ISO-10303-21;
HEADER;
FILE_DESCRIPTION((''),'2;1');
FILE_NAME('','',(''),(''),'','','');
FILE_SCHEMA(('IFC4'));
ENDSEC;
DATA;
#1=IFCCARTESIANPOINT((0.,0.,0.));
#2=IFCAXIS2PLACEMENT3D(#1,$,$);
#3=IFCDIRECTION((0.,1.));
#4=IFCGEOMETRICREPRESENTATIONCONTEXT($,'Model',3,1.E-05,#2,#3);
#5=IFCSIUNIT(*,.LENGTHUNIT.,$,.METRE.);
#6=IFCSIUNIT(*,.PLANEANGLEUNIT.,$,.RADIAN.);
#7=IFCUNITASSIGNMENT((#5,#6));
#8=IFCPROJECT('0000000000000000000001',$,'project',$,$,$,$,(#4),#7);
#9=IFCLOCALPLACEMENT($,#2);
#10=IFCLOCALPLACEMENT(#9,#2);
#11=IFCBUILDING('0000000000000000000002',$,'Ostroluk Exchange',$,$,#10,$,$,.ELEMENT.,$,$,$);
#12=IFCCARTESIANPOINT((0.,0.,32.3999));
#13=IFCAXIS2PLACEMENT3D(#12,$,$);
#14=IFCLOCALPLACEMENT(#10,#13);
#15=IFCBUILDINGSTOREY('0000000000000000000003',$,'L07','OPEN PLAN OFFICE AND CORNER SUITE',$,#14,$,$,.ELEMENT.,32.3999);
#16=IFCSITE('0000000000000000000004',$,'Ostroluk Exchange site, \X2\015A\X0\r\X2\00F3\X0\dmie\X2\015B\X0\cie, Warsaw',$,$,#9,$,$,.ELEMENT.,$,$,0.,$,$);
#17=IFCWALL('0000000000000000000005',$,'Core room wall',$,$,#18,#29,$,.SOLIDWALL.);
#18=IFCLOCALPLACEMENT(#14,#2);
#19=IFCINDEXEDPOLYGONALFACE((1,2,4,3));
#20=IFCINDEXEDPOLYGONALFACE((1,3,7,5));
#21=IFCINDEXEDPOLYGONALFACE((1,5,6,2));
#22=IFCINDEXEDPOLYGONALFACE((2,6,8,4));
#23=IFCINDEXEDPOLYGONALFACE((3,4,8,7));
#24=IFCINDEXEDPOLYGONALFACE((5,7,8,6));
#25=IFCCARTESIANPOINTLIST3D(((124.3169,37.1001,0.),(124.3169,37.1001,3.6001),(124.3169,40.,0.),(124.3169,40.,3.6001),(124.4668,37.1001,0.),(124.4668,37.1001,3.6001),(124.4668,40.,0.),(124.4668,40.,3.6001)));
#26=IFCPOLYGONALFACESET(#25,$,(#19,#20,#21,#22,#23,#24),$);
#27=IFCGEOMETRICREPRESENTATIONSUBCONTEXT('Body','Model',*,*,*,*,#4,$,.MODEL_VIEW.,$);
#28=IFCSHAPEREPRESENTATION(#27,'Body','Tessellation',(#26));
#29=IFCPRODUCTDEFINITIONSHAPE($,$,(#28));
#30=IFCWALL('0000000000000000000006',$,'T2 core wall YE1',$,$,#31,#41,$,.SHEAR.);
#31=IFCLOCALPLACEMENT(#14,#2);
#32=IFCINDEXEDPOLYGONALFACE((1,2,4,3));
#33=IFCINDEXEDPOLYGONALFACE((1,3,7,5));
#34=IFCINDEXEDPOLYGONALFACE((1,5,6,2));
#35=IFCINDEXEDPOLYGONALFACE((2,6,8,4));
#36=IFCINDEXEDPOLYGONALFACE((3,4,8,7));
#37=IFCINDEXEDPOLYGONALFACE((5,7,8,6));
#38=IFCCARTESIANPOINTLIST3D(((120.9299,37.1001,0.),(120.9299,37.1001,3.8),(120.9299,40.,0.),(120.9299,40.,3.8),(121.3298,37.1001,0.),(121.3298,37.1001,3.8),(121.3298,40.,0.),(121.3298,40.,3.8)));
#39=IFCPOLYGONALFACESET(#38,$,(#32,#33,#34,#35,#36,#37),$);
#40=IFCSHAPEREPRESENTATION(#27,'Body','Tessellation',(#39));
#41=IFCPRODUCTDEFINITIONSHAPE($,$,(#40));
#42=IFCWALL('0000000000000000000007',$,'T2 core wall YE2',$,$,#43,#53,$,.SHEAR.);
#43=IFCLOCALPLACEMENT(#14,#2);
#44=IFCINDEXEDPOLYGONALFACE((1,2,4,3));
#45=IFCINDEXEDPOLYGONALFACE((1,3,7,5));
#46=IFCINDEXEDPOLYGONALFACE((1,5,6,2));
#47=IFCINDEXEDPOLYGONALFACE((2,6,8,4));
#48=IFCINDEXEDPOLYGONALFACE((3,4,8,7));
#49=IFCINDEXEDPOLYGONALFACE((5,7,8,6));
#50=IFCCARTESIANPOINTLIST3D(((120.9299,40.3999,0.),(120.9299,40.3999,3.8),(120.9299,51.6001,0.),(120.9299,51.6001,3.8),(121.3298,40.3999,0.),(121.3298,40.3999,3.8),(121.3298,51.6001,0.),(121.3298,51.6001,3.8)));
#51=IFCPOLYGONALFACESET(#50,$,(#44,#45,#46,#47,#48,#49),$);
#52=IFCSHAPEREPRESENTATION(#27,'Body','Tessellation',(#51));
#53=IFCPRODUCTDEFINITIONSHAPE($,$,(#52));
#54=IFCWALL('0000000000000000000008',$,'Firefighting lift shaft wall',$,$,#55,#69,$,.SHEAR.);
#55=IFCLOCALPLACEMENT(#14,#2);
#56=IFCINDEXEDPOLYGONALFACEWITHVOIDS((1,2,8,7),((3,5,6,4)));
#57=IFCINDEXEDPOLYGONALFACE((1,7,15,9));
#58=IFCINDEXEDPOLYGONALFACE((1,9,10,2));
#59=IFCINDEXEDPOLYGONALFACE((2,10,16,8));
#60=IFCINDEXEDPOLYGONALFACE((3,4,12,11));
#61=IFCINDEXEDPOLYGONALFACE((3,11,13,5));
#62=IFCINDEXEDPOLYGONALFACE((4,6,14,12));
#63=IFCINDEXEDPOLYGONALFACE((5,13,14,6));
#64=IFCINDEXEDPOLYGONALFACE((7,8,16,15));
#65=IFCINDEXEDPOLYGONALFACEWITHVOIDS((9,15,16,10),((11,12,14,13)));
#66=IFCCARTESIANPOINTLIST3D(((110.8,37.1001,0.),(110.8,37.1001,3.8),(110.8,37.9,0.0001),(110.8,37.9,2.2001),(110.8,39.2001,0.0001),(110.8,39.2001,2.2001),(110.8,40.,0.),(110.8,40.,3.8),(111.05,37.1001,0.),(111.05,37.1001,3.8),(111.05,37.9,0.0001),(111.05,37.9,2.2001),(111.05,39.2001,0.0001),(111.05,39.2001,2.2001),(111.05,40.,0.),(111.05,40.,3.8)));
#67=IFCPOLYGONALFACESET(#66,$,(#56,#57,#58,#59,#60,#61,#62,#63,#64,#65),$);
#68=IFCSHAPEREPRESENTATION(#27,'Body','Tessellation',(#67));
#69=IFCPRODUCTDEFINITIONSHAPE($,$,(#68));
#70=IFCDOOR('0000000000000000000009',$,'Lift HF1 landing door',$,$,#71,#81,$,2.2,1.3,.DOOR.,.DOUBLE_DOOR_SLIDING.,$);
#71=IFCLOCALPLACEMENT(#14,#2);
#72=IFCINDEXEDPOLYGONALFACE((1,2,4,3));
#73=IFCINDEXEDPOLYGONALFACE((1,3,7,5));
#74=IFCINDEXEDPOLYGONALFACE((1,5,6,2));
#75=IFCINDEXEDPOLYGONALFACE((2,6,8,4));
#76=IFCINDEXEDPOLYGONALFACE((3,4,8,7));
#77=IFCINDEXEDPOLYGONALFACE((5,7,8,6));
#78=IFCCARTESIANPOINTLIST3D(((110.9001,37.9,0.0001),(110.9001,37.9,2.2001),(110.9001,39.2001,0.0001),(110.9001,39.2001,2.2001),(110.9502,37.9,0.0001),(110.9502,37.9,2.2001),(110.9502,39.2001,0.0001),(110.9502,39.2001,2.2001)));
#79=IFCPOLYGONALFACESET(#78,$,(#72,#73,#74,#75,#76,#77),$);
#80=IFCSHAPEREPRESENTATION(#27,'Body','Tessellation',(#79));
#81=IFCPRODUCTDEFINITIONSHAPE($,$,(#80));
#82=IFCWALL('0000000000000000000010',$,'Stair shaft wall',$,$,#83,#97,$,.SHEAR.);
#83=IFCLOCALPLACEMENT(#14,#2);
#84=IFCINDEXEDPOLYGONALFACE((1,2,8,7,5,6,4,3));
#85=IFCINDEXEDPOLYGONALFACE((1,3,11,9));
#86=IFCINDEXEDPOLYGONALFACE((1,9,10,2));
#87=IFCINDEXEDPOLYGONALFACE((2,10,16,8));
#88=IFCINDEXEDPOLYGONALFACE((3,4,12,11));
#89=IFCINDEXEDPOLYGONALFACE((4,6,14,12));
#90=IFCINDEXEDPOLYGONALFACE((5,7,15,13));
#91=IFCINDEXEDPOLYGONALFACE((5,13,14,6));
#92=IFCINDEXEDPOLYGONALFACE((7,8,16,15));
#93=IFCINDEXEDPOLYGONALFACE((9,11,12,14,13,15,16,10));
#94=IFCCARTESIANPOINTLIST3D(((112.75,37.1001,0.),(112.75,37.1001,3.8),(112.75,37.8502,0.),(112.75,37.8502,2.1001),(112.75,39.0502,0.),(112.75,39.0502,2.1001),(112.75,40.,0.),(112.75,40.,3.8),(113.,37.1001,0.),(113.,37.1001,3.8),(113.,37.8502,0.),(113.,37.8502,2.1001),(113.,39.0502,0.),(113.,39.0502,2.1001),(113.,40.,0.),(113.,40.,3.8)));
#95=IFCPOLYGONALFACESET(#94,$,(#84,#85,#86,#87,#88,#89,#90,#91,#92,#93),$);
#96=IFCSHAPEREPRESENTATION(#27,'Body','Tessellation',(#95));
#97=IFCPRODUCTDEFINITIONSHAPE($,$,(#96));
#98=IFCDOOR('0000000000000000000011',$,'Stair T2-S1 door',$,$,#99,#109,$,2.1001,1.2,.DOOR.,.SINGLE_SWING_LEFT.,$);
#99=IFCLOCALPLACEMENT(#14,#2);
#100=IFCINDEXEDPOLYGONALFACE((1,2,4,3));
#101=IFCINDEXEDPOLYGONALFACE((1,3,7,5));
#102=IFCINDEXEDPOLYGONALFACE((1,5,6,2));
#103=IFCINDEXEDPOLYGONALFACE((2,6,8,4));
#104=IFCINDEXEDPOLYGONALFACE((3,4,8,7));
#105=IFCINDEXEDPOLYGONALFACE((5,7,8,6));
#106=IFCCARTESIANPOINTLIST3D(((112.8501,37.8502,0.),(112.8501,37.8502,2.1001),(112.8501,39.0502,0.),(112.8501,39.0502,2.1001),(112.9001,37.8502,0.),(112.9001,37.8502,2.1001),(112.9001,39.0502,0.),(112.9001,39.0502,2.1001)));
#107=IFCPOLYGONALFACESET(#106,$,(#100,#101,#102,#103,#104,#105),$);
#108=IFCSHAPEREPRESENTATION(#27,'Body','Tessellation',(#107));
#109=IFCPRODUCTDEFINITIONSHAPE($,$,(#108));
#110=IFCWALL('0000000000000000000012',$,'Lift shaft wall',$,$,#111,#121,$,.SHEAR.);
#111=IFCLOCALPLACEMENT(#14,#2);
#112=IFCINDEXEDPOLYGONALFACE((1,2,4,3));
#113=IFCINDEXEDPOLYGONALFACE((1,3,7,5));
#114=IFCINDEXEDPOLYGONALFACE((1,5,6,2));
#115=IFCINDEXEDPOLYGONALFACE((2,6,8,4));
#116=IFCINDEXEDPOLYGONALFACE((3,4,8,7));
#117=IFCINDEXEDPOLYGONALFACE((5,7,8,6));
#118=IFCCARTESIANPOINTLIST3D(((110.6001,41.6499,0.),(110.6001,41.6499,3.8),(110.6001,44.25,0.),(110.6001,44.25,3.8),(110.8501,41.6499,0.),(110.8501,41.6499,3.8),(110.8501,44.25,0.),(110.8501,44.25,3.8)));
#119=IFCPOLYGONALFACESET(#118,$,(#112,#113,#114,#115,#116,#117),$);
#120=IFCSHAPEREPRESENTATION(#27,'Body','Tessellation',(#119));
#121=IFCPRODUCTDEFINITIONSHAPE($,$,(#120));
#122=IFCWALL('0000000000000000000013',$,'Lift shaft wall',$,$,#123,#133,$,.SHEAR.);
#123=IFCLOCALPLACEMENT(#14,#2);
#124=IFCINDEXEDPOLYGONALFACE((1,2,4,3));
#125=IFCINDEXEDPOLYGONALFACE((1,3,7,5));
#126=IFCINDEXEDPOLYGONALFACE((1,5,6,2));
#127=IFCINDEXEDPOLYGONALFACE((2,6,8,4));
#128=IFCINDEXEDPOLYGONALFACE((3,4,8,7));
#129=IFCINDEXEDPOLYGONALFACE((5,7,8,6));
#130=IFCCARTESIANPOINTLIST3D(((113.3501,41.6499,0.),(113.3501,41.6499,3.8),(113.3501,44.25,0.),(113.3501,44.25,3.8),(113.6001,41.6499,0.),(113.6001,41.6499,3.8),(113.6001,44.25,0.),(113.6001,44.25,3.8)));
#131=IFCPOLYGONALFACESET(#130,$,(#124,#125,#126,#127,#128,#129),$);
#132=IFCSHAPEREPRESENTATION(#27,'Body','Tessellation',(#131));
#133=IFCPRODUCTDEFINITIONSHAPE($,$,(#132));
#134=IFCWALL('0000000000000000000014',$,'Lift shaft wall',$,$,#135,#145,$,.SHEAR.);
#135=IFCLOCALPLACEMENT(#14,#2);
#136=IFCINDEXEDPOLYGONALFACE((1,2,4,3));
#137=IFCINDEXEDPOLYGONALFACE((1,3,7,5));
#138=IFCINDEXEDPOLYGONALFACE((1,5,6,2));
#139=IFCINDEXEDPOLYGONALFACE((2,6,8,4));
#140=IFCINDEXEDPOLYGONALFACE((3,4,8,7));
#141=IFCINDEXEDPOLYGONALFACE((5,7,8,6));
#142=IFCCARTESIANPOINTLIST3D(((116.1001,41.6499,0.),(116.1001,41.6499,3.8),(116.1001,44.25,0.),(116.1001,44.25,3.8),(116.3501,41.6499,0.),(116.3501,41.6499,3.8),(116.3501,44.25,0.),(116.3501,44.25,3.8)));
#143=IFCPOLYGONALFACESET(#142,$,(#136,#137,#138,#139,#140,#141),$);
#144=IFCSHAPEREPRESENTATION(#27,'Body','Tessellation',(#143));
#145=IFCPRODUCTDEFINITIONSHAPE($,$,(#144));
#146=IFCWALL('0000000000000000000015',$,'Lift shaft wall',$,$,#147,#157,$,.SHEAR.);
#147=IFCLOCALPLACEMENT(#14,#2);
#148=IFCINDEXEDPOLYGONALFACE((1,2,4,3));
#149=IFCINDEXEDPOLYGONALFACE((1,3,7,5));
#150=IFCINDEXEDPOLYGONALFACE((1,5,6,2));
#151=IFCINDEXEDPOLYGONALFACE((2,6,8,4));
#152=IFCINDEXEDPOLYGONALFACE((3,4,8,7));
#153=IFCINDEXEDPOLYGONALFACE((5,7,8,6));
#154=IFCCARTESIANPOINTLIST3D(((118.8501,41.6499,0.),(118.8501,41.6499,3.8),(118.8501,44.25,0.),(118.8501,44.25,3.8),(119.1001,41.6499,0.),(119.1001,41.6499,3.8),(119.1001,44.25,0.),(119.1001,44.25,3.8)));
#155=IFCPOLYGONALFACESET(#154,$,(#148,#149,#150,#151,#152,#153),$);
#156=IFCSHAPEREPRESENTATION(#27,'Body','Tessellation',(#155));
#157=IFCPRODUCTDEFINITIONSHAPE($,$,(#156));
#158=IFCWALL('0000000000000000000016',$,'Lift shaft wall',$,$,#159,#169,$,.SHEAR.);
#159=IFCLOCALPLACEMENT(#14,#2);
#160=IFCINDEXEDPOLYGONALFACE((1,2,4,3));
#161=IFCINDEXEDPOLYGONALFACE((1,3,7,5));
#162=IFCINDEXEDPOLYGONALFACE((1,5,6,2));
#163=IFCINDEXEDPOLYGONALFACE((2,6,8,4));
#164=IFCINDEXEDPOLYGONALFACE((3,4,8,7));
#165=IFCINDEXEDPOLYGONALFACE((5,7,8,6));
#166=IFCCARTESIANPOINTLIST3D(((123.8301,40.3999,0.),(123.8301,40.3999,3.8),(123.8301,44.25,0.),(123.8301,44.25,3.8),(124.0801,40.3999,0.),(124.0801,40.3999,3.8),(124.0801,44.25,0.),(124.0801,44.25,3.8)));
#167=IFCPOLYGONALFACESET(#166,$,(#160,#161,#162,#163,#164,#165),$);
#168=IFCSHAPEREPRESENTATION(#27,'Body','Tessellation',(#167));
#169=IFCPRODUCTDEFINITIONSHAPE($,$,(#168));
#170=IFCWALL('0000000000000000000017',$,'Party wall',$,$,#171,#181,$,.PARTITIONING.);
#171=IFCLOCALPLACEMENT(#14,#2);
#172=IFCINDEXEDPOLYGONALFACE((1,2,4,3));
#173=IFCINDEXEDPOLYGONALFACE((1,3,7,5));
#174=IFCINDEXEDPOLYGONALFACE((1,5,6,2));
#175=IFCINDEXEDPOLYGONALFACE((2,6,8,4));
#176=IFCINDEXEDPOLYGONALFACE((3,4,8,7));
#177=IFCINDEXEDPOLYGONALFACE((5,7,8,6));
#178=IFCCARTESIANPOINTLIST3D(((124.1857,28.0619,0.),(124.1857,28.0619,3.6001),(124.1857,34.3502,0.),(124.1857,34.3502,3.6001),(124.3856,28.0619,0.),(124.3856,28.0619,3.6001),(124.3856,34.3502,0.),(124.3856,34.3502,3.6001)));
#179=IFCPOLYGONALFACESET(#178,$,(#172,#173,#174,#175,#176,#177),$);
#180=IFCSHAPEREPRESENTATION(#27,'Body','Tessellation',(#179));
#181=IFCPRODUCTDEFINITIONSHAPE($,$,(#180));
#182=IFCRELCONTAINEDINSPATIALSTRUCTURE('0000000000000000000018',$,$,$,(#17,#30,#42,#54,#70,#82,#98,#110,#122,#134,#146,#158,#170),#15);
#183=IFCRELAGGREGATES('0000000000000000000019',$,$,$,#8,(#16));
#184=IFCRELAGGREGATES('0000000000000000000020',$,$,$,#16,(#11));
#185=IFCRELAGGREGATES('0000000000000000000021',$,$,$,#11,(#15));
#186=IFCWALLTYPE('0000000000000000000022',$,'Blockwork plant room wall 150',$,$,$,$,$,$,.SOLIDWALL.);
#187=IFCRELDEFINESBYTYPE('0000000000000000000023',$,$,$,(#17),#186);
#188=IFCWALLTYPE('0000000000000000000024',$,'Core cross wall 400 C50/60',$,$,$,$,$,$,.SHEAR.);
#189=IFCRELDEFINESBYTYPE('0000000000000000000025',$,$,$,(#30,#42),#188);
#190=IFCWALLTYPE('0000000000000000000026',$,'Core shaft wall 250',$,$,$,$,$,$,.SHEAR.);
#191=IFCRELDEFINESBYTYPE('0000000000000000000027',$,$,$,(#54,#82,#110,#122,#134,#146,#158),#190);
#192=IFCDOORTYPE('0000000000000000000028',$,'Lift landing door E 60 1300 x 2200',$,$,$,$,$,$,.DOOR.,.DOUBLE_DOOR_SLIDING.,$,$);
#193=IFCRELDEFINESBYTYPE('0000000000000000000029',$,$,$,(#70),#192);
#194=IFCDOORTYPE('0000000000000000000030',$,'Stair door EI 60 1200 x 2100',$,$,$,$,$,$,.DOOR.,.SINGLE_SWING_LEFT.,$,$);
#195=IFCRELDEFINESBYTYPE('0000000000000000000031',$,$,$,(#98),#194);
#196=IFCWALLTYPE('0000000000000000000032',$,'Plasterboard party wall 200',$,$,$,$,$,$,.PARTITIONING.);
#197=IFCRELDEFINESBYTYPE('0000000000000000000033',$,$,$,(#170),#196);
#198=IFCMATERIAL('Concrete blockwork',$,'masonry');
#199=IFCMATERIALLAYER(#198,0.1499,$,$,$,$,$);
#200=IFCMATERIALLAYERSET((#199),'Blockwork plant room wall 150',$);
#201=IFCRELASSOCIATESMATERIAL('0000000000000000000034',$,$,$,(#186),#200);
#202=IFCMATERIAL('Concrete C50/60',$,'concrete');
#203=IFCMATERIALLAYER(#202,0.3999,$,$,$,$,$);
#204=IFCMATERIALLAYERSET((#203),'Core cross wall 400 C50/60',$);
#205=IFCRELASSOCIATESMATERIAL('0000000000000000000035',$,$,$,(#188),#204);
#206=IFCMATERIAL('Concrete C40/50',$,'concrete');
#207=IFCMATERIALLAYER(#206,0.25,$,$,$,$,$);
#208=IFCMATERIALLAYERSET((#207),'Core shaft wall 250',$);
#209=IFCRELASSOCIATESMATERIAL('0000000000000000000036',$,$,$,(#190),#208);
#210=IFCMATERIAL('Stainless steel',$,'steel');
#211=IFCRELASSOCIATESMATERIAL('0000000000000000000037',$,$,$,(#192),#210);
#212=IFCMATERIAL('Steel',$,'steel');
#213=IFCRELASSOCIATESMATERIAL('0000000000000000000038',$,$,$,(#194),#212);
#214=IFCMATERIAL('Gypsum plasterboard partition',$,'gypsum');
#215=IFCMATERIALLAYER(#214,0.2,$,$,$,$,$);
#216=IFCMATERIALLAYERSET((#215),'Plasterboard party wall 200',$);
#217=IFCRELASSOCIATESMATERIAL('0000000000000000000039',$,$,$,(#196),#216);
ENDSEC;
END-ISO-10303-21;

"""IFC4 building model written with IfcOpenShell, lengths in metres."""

from ifc_helpers import new_model, si_unit, direction, frame, frame_2d, origin, place, context, subcontext, project, spatial, rectangle, extrude, material, layer, layer_set, type_object, element, fill, save


model = new_model("IFC4")

# Units and contexts
model_context = context("Model", 3, precision=1e-05, world=origin(), true_north=direction((0.0, 1.0)))
body_context = subcontext(model_context, "Body", "Model", "MODEL_VIEW")
ifc_project = project(units=[si_unit("LENGTHUNIT", "METRE"), si_unit("PLANEANGLEUNIT", "RADIAN")], contexts=[model_context])

# Site, building, storey
site_placement = place(None, origin())
site = spatial("IfcSite", under=ifc_project, at=site_placement, Name="Ostroluk Exchange site, Śródmieście, Warsaw", CompositionType="ELEMENT", RefElevation=0.0)
building_placement = place(site_placement, origin())
building = spatial("IfcBuilding", under=site, at=building_placement, Name="Ostroluk Exchange", CompositionType="ELEMENT")
storey_placement = place(building_placement, frame((0.0, 0.0, 32.3999)))
storey = spatial("IfcBuildingStorey", under=building, at=storey_placement, Name="L07", Description="OPEN PLAN OFFICE AND CORNER SUITE", CompositionType="ELEMENT", Elevation=32.3999)

# Walls
ifc_material_1 = material(Name="Concrete blockwork", Category="masonry")
ifc_layer_1 = layer(ifc_material_1, 0.1499)
ifc_layer_set_1 = layer_set([ifc_layer_1], Name="Blockwork plant room wall 150")
wall_type_1 = type_object("IfcWallType", Name="Blockwork plant room wall 150", PredefinedType="SOLIDWALL", material=ifc_layer_set_1)
for number, where, z_axis, x_axis, name in (
    (1, (124.3918, 37.1001, 0.0), (0.0, 0.0, 1.0), (0.0, 1.0, 0.0), "Core room wall"),
):
    element("IfcWall", number, at=place(storey_placement, frame(where, z_axis=z_axis, x_axis=x_axis)), inside=storey, type_object=wall_type_1, Name=name, PredefinedType="SOLIDWALL", context=body_context, shape_type="SweptSolid", body=[
        extrude(rectangle(XDim=2.8999, YDim=0.1499, at=frame_2d((1.45, 0.0))), origin(), (0.0, 0.0, 1.0), 3.6001),
    ])
ifc_material_2 = material(Name="Concrete C50/60", Category="concrete")
ifc_layer_2 = layer(ifc_material_2, 0.3999)
ifc_layer_set_2 = layer_set([ifc_layer_2], Name="Core cross wall 400 C50/60")
wall_type_2 = type_object("IfcWallType", Name="Core cross wall 400 C50/60", PredefinedType="SHEAR", material=ifc_layer_set_2)
wall_1_placement = place(storey_placement, frame((121.1299, 37.1001, 0.0), z_axis=(0.0, 0.0, 1.0), x_axis=(0.0, 1.0, 0.0)))
element("IfcWall", 2, at=wall_1_placement, inside=storey, type_object=wall_type_2, Name="T2 core wall YE1", PredefinedType="SHEAR", context=body_context, shape_type="SweptSolid", body=[
    extrude(rectangle(XDim=2.8999, YDim=0.3999, at=frame_2d((1.45, 0.0))), origin(), (0.0, 0.0, 1.0), 3.8),
])
wall_2_placement = place(storey_placement, frame((121.1299, 40.3999, 0.0), z_axis=(0.0, 0.0, 1.0), x_axis=(0.0, 1.0, 0.0)))
element("IfcWall", 3, at=wall_2_placement, inside=storey, type_object=wall_type_2, Name="T2 core wall YE2", PredefinedType="SHEAR", context=body_context, shape_type="SweptSolid", body=[
    extrude(rectangle(XDim=11.2002, YDim=0.3999, at=frame_2d((5.6001, 0.0))), origin(), (0.0, 0.0, 1.0), 3.8),
])

# Walls, openings, doors
ifc_material_3 = material(Name="Concrete C40/50", Category="concrete")
ifc_layer_3 = layer(ifc_material_3, 0.25)
ifc_layer_set_3 = layer_set([ifc_layer_3], Name="Core shaft wall 250")
wall_type_3 = type_object("IfcWallType", Name="Core shaft wall 250", PredefinedType="SHEAR", material=ifc_layer_set_3)
wall_3_placement = place(storey_placement, frame((110.925, 37.1001, 0.0), z_axis=(0.0, 0.0, 1.0), x_axis=(0.0, 1.0, 0.0)))
wall_3 = element("IfcWall", 4, at=wall_3_placement, inside=storey, type_object=wall_type_3, Name="Firefighting lift shaft wall", PredefinedType="SHEAR", context=body_context, shape_type="SweptSolid", body=[
    extrude(rectangle(XDim=2.8999, YDim=0.25, at=frame_2d((1.45, 0.0))), origin(), (0.0, 0.0, 1.0), 3.8),
])
opening_1_placement = place(wall_3_placement, frame((0.8, 0.0, 0.0)))
opening_1 = element("IfcOpeningElement", 5, at=opening_1_placement, cuts=wall_3, PredefinedType="OPENING", context=body_context, shape_type="SweptSolid", body=[
    extrude(rectangle(XDim=1.3, YDim=2.2, at=frame_2d((0.6499, 1.1001))), frame((0.0, 0.135, 0.0), z_axis=(0.0, -1.0, 0.0), x_axis=(1.0, 0.0, 0.0)), (0.0, 0.0, 1.0), 0.27),
])
ifc_material_4 = material(Name="Stainless steel", Category="steel")
door_type_1 = type_object("IfcDoorType", Name="Lift landing door E 60 1300 x 2200", OperationType="DOUBLE_DOOR_SLIDING", PredefinedType="DOOR", material=ifc_material_4)
door_1_placement = place(opening_1_placement, origin())
door_1 = element("IfcDoor", 6, at=door_1_placement, inside=storey, type_object=door_type_1, Name="Lift HF1 landing door", OperationType="DOUBLE_DOOR_SLIDING", OverallHeight=2.2, OverallWidth=1.3, PredefinedType="DOOR", context=body_context, shape_type="SweptSolid", body=[
    extrude(rectangle(XDim=1.3, YDim=2.2, at=frame_2d((0.6499, 1.1001))), frame((0.0, 0.0249, 0.0), z_axis=(0.0, -1.0, 0.0), x_axis=(1.0, 0.0, 0.0)), (0.0, 0.0, 1.0), 0.05),
])
fill(opening_1, door_1)
wall_4_placement = place(storey_placement, frame((112.875, 37.1001, 0.0), z_axis=(0.0, 0.0, 1.0), x_axis=(0.0, 1.0, 0.0)))
wall_4 = element("IfcWall", 7, at=wall_4_placement, inside=storey, type_object=wall_type_3, Name="Stair shaft wall", PredefinedType="SHEAR", context=body_context, shape_type="SweptSolid", body=[
    extrude(rectangle(XDim=2.8999, YDim=0.25, at=frame_2d((1.45, 0.0))), origin(), (0.0, 0.0, 1.0), 3.8),
])
opening_2_placement = place(wall_4_placement, frame((0.75, 0.0, 0.0)))
opening_2 = element("IfcOpeningElement", 8, at=opening_2_placement, cuts=wall_4, PredefinedType="OPENING", context=body_context, shape_type="SweptSolid", body=[
    extrude(rectangle(XDim=1.2, YDim=2.1001, at=frame_2d((0.6001, 1.05))), frame((0.0, 0.135, 0.0), z_axis=(0.0, -1.0, 0.0), x_axis=(1.0, 0.0, 0.0)), (0.0, 0.0, 1.0), 0.27),
])
ifc_material_5 = material(Name="Steel", Category="steel")
door_type_2 = type_object("IfcDoorType", Name="Stair door EI 60 1200 x 2100", OperationType="SINGLE_SWING_LEFT", PredefinedType="DOOR", material=ifc_material_5)
door_2_placement = place(opening_2_placement, origin())
door_2 = element("IfcDoor", 9, at=door_2_placement, inside=storey, type_object=door_type_2, Name="Stair T2-S1 door", OperationType="SINGLE_SWING_LEFT", OverallHeight=2.1001, OverallWidth=1.2, PredefinedType="DOOR", context=body_context, shape_type="SweptSolid", body=[
    extrude(rectangle(XDim=1.2, YDim=2.1001, at=frame_2d((0.6001, 1.05))), frame((0.0, 0.0249, 0.0), z_axis=(0.0, -1.0, 0.0), x_axis=(1.0, 0.0, 0.0)), (0.0, 0.0, 1.0), 0.05),
])
fill(opening_2, door_2)

# Walls
for number, where, z_axis, x_axis, name in (
    (10, (110.7251, 44.25, 0.0), (0.0, 0.0, 1.0), (0.0, -1.0, 0.0), "Lift shaft wall"),
    (11, (113.4751, 44.25, 0.0), (0.0, 0.0, 1.0), (0.0, -1.0, 0.0), "Lift shaft wall"),
    (12, (116.2251, 44.25, 0.0), (0.0, 0.0, 1.0), (0.0, -1.0, 0.0), "Lift shaft wall"),
    (13, (118.9751, 44.25, 0.0), (0.0, 0.0, 1.0), (0.0, -1.0, 0.0), "Lift shaft wall"),
):
    element("IfcWall", number, at=place(storey_placement, frame(where, z_axis=z_axis, x_axis=x_axis)), inside=storey, type_object=wall_type_3, Name=name, PredefinedType="SHEAR", context=body_context, shape_type="SweptSolid", body=[
        extrude(rectangle(XDim=2.6001, YDim=0.25, at=frame_2d((1.3, 0.0))), origin(), (0.0, 0.0, 1.0), 3.8),
    ])
wall_5_placement = place(storey_placement, frame((123.9551, 44.25, 0.0), z_axis=(0.0, 0.0, 1.0), x_axis=(0.0, -1.0, 0.0)))
element("IfcWall", 14, at=wall_5_placement, inside=storey, type_object=wall_type_3, Name="Lift shaft wall", PredefinedType="SHEAR", context=body_context, shape_type="SweptSolid", body=[
    extrude(rectangle(XDim=3.8501, YDim=0.25, at=frame_2d((1.925, 0.0))), origin(), (0.0, 0.0, 1.0), 3.8),
])

# Wall
ifc_material_6 = material(Name="Gypsum plasterboard partition", Category="gypsum")
ifc_layer_4 = layer(ifc_material_6, 0.2)
ifc_layer_set_4 = layer_set([ifc_layer_4], Name="Plasterboard party wall 200")
wall_type_4 = type_object("IfcWallType", Name="Plasterboard party wall 200", PredefinedType="PARTITIONING", material=ifc_layer_set_4)
wall_6_placement = place(storey_placement, frame((124.2856, 34.3501, 0.0), z_axis=(0.0, 0.0, 1.0), x_axis=(0.0, -1.0, 0.0)))
element("IfcWall", 15, at=wall_6_placement, inside=storey, type_object=wall_type_4, Name="Party wall", PredefinedType="PARTITIONING", context=body_context, shape_type="SweptSolid", body=[
    extrude(rectangle(XDim=6.2883, YDim=0.2, at=frame_2d((3.144, 0.0))), origin(), (0.0, 0.0, 1.0), 3.6001),
])

save(model, "model.ifc")
